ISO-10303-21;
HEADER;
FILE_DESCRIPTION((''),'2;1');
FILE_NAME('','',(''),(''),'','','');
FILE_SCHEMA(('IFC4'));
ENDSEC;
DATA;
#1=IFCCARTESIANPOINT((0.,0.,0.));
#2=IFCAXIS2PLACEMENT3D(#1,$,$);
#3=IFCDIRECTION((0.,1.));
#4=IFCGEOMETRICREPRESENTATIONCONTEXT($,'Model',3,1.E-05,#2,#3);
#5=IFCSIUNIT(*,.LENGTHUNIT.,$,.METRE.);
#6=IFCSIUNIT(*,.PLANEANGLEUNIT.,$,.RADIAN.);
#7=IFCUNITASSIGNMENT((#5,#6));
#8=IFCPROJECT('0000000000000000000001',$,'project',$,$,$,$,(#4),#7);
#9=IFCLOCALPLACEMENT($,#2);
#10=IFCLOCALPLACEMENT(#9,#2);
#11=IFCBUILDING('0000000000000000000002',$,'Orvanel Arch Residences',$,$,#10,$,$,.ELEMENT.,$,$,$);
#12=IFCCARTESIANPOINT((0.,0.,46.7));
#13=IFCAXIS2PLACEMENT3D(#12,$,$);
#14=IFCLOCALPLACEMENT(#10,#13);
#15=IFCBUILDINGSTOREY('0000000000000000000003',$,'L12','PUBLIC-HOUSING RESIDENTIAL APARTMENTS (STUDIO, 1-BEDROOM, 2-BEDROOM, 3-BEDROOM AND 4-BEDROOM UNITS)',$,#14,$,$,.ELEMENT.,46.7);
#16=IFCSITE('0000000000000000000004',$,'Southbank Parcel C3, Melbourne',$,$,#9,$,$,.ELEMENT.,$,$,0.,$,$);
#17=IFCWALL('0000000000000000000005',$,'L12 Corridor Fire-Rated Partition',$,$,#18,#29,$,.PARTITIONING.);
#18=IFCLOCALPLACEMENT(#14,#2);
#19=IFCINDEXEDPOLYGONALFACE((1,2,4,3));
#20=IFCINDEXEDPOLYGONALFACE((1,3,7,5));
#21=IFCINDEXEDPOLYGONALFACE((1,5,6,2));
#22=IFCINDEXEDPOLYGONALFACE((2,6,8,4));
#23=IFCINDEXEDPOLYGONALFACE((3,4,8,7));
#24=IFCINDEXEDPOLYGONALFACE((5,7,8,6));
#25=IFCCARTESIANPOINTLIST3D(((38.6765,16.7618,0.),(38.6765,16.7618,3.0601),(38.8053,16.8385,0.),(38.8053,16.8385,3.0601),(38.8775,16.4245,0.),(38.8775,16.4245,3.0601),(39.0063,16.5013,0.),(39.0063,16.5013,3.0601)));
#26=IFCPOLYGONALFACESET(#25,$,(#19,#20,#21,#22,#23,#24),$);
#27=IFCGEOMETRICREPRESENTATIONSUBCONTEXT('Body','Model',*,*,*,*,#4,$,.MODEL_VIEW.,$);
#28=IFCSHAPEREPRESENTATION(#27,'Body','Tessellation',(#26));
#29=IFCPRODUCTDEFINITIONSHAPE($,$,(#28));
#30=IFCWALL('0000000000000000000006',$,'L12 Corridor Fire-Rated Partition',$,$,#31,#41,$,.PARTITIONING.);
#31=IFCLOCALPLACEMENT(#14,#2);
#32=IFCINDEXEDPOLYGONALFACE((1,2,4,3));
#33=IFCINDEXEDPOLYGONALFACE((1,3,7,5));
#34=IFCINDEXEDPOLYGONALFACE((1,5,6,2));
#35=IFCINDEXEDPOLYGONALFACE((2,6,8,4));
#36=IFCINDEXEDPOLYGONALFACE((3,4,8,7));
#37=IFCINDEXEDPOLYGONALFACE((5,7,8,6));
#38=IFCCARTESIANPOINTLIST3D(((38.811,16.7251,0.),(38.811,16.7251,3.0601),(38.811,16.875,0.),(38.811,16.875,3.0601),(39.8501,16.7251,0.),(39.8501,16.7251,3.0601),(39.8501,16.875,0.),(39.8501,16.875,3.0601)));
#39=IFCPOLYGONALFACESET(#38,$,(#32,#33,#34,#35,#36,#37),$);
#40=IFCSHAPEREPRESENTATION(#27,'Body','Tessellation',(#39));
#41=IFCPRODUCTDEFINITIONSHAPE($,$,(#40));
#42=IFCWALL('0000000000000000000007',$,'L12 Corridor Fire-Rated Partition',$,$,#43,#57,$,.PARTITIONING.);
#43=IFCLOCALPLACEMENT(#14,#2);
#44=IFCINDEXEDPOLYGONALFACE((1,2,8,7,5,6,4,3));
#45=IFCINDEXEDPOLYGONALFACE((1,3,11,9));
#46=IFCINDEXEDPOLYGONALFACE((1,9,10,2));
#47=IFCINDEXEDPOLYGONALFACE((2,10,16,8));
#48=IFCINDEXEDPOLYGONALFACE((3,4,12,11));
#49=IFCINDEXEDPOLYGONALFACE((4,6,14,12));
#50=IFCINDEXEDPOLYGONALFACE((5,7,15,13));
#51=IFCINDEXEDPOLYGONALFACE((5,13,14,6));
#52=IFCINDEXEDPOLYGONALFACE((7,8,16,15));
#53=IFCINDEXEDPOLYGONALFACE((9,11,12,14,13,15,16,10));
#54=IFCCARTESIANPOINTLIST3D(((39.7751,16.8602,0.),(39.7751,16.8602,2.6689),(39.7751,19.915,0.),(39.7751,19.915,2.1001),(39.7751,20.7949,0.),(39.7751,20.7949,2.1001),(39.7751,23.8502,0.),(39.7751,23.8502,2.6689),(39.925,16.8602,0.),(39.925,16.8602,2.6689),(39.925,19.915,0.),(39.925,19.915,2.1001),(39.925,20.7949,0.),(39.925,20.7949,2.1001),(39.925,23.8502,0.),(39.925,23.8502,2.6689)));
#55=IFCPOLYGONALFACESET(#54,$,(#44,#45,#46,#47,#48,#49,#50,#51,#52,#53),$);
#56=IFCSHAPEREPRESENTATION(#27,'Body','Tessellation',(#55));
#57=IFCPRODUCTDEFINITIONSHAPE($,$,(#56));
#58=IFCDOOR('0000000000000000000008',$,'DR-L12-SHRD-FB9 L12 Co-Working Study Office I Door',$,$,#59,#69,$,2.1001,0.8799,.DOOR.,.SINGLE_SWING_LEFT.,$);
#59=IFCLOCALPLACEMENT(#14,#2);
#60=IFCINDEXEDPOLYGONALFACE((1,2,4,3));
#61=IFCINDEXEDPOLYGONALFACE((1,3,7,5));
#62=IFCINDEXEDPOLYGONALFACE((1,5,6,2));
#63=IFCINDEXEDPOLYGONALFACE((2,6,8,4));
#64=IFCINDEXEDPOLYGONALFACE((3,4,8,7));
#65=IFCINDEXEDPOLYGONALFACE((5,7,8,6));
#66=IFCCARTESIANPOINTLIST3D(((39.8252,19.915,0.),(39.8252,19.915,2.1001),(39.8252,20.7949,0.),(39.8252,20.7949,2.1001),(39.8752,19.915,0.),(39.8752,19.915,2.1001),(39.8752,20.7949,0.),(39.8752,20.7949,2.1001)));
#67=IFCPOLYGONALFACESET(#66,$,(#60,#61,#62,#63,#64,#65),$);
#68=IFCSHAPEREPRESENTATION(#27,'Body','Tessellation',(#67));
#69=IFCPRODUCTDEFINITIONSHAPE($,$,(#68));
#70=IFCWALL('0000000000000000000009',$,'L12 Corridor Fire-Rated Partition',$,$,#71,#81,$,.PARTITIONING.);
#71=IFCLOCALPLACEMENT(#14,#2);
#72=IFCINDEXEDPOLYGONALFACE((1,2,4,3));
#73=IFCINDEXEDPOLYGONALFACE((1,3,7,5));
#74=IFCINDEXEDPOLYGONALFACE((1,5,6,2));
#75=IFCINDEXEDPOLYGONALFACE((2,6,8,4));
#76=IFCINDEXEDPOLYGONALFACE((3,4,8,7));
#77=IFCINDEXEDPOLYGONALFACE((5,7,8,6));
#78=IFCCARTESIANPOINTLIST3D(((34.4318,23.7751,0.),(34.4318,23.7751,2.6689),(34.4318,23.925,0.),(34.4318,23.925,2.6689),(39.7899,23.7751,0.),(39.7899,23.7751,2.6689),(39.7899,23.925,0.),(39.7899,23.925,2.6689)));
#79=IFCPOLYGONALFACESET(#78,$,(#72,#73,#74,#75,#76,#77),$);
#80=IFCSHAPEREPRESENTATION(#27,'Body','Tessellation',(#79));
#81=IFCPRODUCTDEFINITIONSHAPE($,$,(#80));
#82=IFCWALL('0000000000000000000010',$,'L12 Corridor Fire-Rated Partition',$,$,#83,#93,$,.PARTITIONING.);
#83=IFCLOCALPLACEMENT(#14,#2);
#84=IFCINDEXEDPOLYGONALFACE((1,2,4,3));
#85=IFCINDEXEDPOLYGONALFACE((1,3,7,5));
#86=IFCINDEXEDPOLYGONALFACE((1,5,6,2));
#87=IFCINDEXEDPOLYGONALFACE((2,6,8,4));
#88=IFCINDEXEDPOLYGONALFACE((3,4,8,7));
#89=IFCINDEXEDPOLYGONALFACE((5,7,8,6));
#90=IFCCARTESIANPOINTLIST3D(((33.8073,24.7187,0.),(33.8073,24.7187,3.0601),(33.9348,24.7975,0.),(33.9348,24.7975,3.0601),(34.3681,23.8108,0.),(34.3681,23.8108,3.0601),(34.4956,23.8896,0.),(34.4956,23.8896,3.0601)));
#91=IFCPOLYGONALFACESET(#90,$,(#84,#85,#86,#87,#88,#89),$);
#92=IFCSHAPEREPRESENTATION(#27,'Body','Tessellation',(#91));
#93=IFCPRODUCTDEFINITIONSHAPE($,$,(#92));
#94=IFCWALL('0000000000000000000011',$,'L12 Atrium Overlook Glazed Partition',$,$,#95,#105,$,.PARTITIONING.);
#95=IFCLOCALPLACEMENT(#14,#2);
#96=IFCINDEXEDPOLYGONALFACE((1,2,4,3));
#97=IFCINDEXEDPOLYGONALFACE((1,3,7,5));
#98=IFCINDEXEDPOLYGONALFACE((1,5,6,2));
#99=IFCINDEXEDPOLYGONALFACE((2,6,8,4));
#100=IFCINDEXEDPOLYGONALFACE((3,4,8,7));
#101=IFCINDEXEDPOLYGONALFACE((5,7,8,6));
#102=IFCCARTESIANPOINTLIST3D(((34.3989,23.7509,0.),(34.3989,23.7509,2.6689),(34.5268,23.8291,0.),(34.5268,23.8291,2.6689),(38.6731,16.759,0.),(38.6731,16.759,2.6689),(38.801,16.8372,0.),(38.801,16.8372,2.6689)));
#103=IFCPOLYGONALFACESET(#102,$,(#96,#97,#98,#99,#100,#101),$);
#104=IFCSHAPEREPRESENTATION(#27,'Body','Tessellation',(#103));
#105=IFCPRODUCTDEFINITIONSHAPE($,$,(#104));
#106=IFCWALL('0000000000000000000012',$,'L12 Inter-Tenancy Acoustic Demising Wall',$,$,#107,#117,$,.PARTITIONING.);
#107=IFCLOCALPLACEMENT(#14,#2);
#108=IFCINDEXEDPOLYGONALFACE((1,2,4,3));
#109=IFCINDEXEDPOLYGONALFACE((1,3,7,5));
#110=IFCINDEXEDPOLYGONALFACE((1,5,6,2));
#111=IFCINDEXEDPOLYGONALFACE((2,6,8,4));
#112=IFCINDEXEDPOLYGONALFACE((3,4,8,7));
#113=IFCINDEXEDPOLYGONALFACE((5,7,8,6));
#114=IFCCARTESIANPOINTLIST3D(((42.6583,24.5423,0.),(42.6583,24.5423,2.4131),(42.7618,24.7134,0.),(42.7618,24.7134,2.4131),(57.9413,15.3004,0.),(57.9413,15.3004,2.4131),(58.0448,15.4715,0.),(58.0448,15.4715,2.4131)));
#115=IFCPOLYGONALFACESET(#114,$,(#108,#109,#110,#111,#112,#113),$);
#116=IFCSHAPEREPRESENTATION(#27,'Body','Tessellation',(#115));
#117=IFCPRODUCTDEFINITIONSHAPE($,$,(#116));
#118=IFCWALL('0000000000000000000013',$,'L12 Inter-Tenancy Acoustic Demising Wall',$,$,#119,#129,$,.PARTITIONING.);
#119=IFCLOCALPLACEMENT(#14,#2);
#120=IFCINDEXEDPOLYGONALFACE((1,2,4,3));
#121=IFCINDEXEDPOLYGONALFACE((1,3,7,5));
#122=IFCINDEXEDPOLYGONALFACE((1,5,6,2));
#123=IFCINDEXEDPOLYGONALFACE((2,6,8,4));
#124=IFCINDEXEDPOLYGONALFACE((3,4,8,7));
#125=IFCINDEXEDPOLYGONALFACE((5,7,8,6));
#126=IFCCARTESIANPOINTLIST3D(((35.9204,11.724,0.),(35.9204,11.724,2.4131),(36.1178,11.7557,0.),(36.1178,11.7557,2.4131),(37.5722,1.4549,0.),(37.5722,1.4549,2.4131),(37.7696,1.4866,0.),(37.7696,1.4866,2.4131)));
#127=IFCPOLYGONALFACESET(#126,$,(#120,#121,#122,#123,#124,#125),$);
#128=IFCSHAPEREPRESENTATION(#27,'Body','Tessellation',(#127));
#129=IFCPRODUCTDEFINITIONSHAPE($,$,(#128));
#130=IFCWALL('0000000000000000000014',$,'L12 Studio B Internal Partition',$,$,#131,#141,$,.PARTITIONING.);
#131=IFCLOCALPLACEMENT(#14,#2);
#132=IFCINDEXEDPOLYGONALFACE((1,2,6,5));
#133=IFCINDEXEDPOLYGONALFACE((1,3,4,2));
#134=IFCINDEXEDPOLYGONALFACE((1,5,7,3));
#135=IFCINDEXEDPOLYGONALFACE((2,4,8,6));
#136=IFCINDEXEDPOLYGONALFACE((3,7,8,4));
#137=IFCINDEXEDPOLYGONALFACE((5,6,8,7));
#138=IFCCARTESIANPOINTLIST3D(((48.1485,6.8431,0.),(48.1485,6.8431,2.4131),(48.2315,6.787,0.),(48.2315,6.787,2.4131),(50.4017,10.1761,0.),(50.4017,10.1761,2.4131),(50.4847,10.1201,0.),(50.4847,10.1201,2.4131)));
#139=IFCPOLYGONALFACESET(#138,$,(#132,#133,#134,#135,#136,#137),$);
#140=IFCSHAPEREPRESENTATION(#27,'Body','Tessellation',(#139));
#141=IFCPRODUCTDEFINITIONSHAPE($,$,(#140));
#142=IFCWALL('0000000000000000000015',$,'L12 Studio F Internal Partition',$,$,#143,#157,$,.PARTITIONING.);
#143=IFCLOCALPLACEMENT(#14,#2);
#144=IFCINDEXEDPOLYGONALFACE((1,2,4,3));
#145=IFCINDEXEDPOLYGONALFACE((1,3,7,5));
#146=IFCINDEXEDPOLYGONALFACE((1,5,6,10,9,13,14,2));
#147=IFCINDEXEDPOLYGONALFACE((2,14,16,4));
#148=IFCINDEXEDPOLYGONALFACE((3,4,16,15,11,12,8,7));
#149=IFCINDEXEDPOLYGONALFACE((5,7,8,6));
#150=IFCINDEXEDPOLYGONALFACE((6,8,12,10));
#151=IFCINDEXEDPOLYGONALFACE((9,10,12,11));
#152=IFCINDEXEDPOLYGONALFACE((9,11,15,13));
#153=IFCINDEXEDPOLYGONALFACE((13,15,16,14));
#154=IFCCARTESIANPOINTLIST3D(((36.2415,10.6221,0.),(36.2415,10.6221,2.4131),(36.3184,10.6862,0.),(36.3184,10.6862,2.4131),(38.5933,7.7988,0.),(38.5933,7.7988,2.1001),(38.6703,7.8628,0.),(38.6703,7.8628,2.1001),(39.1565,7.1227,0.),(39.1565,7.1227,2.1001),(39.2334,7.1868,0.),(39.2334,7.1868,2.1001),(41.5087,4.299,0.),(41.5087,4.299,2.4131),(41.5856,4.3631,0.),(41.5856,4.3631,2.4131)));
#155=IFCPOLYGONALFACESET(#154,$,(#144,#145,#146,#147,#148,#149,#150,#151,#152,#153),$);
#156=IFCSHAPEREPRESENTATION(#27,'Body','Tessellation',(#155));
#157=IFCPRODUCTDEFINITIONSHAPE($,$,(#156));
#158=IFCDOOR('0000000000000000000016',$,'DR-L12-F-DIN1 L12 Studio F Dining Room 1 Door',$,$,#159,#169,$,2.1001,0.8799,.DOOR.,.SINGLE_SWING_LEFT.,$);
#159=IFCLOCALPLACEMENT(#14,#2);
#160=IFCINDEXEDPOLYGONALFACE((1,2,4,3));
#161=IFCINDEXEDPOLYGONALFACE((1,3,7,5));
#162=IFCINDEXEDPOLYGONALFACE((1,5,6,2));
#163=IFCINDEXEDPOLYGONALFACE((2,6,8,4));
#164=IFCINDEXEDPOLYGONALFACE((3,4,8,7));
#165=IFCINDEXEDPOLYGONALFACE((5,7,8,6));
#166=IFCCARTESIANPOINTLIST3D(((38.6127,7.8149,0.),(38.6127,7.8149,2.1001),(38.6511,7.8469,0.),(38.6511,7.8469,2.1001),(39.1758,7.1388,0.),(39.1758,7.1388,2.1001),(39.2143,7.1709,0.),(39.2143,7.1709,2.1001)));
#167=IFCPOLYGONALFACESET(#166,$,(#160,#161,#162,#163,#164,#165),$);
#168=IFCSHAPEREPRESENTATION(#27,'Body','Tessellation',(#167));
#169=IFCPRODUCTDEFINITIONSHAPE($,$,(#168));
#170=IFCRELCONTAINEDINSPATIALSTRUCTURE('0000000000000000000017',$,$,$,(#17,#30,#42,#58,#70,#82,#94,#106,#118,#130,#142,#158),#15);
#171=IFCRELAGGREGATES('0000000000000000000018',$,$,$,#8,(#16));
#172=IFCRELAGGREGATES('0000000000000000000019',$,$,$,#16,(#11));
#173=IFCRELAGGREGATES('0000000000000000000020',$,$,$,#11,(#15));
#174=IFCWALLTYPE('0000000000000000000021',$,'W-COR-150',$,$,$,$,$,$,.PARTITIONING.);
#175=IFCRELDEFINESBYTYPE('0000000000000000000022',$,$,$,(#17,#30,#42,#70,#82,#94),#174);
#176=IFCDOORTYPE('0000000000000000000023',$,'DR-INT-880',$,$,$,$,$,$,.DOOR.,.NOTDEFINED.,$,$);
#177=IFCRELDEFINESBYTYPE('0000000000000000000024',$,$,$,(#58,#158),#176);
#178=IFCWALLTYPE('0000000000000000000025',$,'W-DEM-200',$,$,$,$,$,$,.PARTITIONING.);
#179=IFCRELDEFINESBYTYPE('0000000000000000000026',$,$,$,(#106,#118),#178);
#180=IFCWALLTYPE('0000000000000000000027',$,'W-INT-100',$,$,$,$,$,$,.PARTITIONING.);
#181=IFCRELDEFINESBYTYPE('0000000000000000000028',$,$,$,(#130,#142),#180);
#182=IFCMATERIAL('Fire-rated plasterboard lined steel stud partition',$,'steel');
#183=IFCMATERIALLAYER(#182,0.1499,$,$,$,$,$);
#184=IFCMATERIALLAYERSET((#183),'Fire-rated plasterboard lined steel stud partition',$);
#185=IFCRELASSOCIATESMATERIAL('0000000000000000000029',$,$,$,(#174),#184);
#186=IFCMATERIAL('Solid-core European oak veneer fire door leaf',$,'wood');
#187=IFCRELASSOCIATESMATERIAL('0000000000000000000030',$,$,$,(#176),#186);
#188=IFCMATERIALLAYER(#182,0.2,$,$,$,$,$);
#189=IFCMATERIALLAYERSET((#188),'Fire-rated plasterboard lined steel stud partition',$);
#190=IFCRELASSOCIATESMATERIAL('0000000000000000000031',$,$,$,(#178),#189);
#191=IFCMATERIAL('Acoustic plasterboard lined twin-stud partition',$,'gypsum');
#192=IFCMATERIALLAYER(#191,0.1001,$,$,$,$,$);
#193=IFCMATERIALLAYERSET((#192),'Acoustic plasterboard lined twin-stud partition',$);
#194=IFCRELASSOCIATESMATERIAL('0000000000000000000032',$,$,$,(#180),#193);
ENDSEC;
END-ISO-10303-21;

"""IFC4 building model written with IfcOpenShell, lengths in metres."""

from ifc_helpers import new_model, si_unit, direction, frame, frame_2d, origin, place, context, subcontext, project, spatial, rectangle, extrude, material, layer, layer_set, type_object, element, fill, save


model = new_model("IFC4")

# Units and contexts
model_context = context("Model", 3, precision=1e-05, world=origin(), true_north=direction((0.0, 1.0)))
body_context = subcontext(model_context, "Body", "Model", "MODEL_VIEW")
ifc_project = project(units=[si_unit("LENGTHUNIT", "METRE"), si_unit("PLANEANGLEUNIT", "RADIAN")], contexts=[model_context])

# Site, building, storey
site_placement = place(None, origin())
site = spatial("IfcSite", under=ifc_project, at=site_placement, Name="Southbank Parcel C3, Melbourne", CompositionType="ELEMENT", RefElevation=0.0)
building_placement = place(site_placement, origin())
building = spatial("IfcBuilding", under=site, at=building_placement, Name="Orvanel Arch Residences", CompositionType="ELEMENT")
storey_placement = place(building_placement, frame((0.0, 0.0, 46.7)))
storey = spatial("IfcBuildingStorey", under=building, at=storey_placement, Name="L12", Description="PUBLIC-HOUSING RESIDENTIAL APARTMENTS (STUDIO, 1-BEDROOM, 2-BEDROOM, 3-BEDROOM AND 4-BEDROOM UNITS)", CompositionType="ELEMENT", Elevation=46.7)

# Shared definitions
ifc_material_1 = material(Name="Fire-rated plasterboard lined steel stud partition", Category="steel")
ifc_layer_1 = layer(ifc_material_1, 0.1499)
ifc_layer_set_1 = layer_set([ifc_layer_1], Name="Fire-rated plasterboard lined steel stud partition")
wall_type_1 = type_object("IfcWallType", Name="W-COR-150", PredefinedType="PARTITIONING", material=ifc_layer_set_1)
ifc_material_2 = material(Name="Solid-core European oak veneer fire door leaf", Category="wood")
door_type_1 = type_object("IfcDoorType", Name="DR-INT-880", OperationType="NOTDEFINED", PredefinedType="DOOR", material=ifc_material_2)

# Walls
wall_1_placement = place(storey_placement, frame((38.9419, 16.4629, 0.0), z_axis=(0.0, 0.0, 1.0), x_axis=(-0.511932, 0.859026, 0.0)))
element("IfcWall", 1, at=wall_1_placement, inside=storey, type_object=wall_type_1, Name="L12 Corridor Fire-Rated Partition", PredefinedType="PARTITIONING", context=body_context, shape_type="SweptSolid", body=[
    extrude(rectangle(XDim=0.3926, YDim=0.1499, at=frame_2d((0.1963, 0.0))), origin(), (0.0, 0.0, 1.0), 3.0601),
])
wall_2_placement = place(storey_placement, frame((38.811, 16.8, 0.0), z_axis=(0.0, 0.0, 1.0), x_axis=(1.0, 0.0, 0.0)))
element("IfcWall", 2, at=wall_2_placement, inside=storey, type_object=wall_type_1, Name="L12 Corridor Fire-Rated Partition", PredefinedType="PARTITIONING", context=body_context, shape_type="SweptSolid", body=[
    extrude(rectangle(XDim=1.0391, YDim=0.1499, at=frame_2d((0.5195, 0.0))), origin(), (0.0, 0.0, 1.0), 3.0601),
])

# Wall, opening, door
wall_3_placement = place(storey_placement, frame((39.8501, 16.8601, 0.0), z_axis=(0.0, 0.0, 1.0), x_axis=(0.0, 1.0, 0.0)))
wall_3 = element("IfcWall", 3, at=wall_3_placement, inside=storey, type_object=wall_type_1, Name="L12 Corridor Fire-Rated Partition", PredefinedType="PARTITIONING", context=body_context, shape_type="SweptSolid", body=[
    extrude(rectangle(XDim=6.99, YDim=0.1499, at=frame_2d((3.4951, 0.0))), origin(), (0.0, 0.0, 1.0), 2.6689),
])
opening_1_placement = place(wall_3_placement, frame((3.0549, 0.0, 0.0)))
opening_1 = element("IfcOpeningElement", 4, at=opening_1_placement, cuts=wall_3, PredefinedType="OPENING", context=body_context, shape_type="SweptSolid", body=[
    extrude(rectangle(XDim=0.8799, YDim=2.1001, at=frame_2d((0.4399, 1.05))), frame((0.0, 0.085, 0.0), z_axis=(0.0, -1.0, 0.0), x_axis=(1.0, 0.0, 0.0)), (0.0, 0.0, 1.0), 0.1699),
])
door_1_placement = place(opening_1_placement, origin())
door_1 = element("IfcDoor", 5, at=door_1_placement, inside=storey, type_object=door_type_1, Name="DR-L12-SHRD-FB9 L12 Co-Working Study Office I Door", OperationType="SINGLE_SWING_LEFT", OverallHeight=2.1001, OverallWidth=0.8799, PredefinedType="DOOR", context=body_context, shape_type="SweptSolid", body=[
    extrude(rectangle(XDim=0.8799, YDim=2.1001, at=frame_2d((0.4399, 1.05))), frame((0.0, 0.0249, 0.0), z_axis=(0.0, -1.0, 0.0), x_axis=(1.0, 0.0, 0.0)), (0.0, 0.0, 1.0), 0.05),
])
fill(opening_1, door_1)

# Walls
wall_4_placement = place(storey_placement, frame((39.79, 23.8501, 0.0), z_axis=(0.0, 0.0, 1.0), x_axis=(-1.0, 0.0, 0.0)))
element("IfcWall", 6, at=wall_4_placement, inside=storey, type_object=wall_type_1, Name="L12 Corridor Fire-Rated Partition", PredefinedType="PARTITIONING", context=body_context, shape_type="SweptSolid", body=[
    extrude(rectangle(XDim=5.3582, YDim=0.1499, at=frame_2d((2.6792, 0.0))), origin(), (0.0, 0.0, 1.0), 2.6689),
])
wall_5_placement = place(storey_placement, frame((34.4319, 23.8501, 0.0), z_axis=(0.0, 0.0, 1.0), x_axis=(-0.525488, 0.850801, 0.0)))
element("IfcWall", 7, at=wall_5_placement, inside=storey, type_object=wall_type_1, Name="L12 Corridor Fire-Rated Partition", PredefinedType="PARTITIONING", context=body_context, shape_type="SweptSolid", body=[
    extrude(rectangle(XDim=1.0671, YDim=0.1499, at=frame_2d((0.5337, 0.0))), origin(), (0.0, 0.0, 1.0), 3.0601),
])
wall_6_placement = place(storey_placement, frame((34.4629, 23.79, 0.0), z_axis=(0.0, 0.0, 1.0), x_axis=(0.521567, -0.85321, 0.0)))
element("IfcWall", 8, at=wall_6_placement, inside=storey, type_object=wall_type_1, Name="L12 Atrium Overlook Glazed Partition", PredefinedType="PARTITIONING", context=body_context, shape_type="SweptSolid", body=[
    extrude(rectangle(XDim=8.1948, YDim=0.1499, at=frame_2d((4.0974, 0.0))), origin(), (0.0, 0.0, 1.0), 2.6689),
])
ifc_layer_2 = layer(ifc_material_1, 0.2)
ifc_layer_set_2 = layer_set([ifc_layer_2], Name="Fire-rated plasterboard lined steel stud partition")
wall_type_2 = type_object("IfcWallType", Name="W-DEM-200", PredefinedType="PARTITIONING", material=ifc_layer_set_2)
wall_7_placement = place(storey_placement, frame((42.71, 24.6279, 0.0), z_axis=(0.0, 0.0, 1.0), x_axis=(0.855705, -0.517464, 0.0)))
element("IfcWall", 9, at=wall_7_placement, inside=storey, type_object=wall_type_2, Name="L12 Inter-Tenancy Acoustic Demising Wall", PredefinedType="PARTITIONING", context=body_context, shape_type="SweptSolid", body=[
    extrude(rectangle(XDim=17.8601, YDim=0.2, at=frame_2d((8.9302, 0.0))), origin(), (0.0, 0.0, 1.0), 2.4131),
])
wall_8_placement = place(storey_placement, frame((36.019, 11.74, 0.0), z_axis=(0.0, 0.0, 1.0), x_axis=(0.158816, -0.987308, 0.0)))
element("IfcWall", 10, at=wall_8_placement, inside=storey, type_object=wall_type_2, Name="L12 Inter-Tenancy Acoustic Demising Wall", PredefinedType="PARTITIONING", context=body_context, shape_type="SweptSolid", body=[
    extrude(rectangle(XDim=10.4011, YDim=0.2, at=frame_2d((5.2007, 0.0))), origin(), (0.0, 0.0, 1.0), 2.4131),
])
ifc_material_3 = material(Name="Acoustic plasterboard lined twin-stud partition", Category="gypsum")
ifc_layer_3 = layer(ifc_material_3, 0.1001)
ifc_layer_set_3 = layer_set([ifc_layer_3], Name="Acoustic plasterboard lined twin-stud partition")
wall_type_3 = type_object("IfcWallType", Name="W-INT-100", PredefinedType="PARTITIONING", material=ifc_layer_set_3)
wall_9_placement = place(storey_placement, frame((48.1899, 6.8149, 0.0), z_axis=(0.0, 0.0, 1.0), x_axis=(0.560052, 0.828457, 0.0)))
element("IfcWall", 11, at=wall_9_placement, inside=storey, type_object=wall_type_3, Name="L12 Studio B Internal Partition", PredefinedType="PARTITIONING", context=body_context, shape_type="SweptSolid", body=[
    extrude(rectangle(XDim=4.0232, YDim=0.1001, at=frame_2d((2.0117, 0.0))), origin(), (0.0, 0.0, 1.0), 2.4131),
])

# Wall, opening, door
wall_10_placement = place(storey_placement, frame((41.5471, 4.3311, 0.0), z_axis=(0.0, 0.0, 1.0), x_axis=(-0.640036, 0.768345, 0.0)))
wall_10 = element("IfcWall", 12, at=wall_10_placement, inside=storey, type_object=wall_type_3, Name="L12 Studio F Internal Partition", PredefinedType="PARTITIONING", context=body_context, shape_type="SweptSolid", body=[
    extrude(rectangle(XDim=8.2295, YDim=0.1001, at=frame_2d((4.1147, 0.0))), origin(), (0.0, 0.0, 1.0), 2.4131),
])
opening_2_placement = place(wall_10_placement, frame((3.675, 0.0, 0.0)))
opening_2 = element("IfcOpeningElement", 13, at=opening_2_placement, cuts=wall_10, PredefinedType="OPENING", context=body_context, shape_type="SweptSolid", body=[
    extrude(rectangle(XDim=0.8799, YDim=2.1001, at=frame_2d((0.4399, 1.05))), frame((0.0, 0.0601, 0.0), z_axis=(0.0, -1.0, 0.0), x_axis=(1.0, 0.0, 0.0)), (0.0, 0.0, 1.0), 0.1201),
])
door_2_placement = place(opening_2_placement, origin())
door_2 = element("IfcDoor", 14, at=door_2_placement, inside=storey, type_object=door_type_1, Name="DR-L12-F-DIN1 L12 Studio F Dining Room 1 Door", OperationType="SINGLE_SWING_LEFT", OverallHeight=2.1001, OverallWidth=0.8799, PredefinedType="DOOR", context=body_context, shape_type="SweptSolid", body=[
    extrude(rectangle(XDim=0.8799, YDim=2.1001, at=frame_2d((0.4399, 1.05))), frame((0.0, 0.0249, 0.0), z_axis=(0.0, -1.0, 0.0), x_axis=(1.0, 0.0, 0.0)), (0.0, 0.0, 1.0), 0.05),
])
fill(opening_2, door_2)

save(model, "model.ifc")
